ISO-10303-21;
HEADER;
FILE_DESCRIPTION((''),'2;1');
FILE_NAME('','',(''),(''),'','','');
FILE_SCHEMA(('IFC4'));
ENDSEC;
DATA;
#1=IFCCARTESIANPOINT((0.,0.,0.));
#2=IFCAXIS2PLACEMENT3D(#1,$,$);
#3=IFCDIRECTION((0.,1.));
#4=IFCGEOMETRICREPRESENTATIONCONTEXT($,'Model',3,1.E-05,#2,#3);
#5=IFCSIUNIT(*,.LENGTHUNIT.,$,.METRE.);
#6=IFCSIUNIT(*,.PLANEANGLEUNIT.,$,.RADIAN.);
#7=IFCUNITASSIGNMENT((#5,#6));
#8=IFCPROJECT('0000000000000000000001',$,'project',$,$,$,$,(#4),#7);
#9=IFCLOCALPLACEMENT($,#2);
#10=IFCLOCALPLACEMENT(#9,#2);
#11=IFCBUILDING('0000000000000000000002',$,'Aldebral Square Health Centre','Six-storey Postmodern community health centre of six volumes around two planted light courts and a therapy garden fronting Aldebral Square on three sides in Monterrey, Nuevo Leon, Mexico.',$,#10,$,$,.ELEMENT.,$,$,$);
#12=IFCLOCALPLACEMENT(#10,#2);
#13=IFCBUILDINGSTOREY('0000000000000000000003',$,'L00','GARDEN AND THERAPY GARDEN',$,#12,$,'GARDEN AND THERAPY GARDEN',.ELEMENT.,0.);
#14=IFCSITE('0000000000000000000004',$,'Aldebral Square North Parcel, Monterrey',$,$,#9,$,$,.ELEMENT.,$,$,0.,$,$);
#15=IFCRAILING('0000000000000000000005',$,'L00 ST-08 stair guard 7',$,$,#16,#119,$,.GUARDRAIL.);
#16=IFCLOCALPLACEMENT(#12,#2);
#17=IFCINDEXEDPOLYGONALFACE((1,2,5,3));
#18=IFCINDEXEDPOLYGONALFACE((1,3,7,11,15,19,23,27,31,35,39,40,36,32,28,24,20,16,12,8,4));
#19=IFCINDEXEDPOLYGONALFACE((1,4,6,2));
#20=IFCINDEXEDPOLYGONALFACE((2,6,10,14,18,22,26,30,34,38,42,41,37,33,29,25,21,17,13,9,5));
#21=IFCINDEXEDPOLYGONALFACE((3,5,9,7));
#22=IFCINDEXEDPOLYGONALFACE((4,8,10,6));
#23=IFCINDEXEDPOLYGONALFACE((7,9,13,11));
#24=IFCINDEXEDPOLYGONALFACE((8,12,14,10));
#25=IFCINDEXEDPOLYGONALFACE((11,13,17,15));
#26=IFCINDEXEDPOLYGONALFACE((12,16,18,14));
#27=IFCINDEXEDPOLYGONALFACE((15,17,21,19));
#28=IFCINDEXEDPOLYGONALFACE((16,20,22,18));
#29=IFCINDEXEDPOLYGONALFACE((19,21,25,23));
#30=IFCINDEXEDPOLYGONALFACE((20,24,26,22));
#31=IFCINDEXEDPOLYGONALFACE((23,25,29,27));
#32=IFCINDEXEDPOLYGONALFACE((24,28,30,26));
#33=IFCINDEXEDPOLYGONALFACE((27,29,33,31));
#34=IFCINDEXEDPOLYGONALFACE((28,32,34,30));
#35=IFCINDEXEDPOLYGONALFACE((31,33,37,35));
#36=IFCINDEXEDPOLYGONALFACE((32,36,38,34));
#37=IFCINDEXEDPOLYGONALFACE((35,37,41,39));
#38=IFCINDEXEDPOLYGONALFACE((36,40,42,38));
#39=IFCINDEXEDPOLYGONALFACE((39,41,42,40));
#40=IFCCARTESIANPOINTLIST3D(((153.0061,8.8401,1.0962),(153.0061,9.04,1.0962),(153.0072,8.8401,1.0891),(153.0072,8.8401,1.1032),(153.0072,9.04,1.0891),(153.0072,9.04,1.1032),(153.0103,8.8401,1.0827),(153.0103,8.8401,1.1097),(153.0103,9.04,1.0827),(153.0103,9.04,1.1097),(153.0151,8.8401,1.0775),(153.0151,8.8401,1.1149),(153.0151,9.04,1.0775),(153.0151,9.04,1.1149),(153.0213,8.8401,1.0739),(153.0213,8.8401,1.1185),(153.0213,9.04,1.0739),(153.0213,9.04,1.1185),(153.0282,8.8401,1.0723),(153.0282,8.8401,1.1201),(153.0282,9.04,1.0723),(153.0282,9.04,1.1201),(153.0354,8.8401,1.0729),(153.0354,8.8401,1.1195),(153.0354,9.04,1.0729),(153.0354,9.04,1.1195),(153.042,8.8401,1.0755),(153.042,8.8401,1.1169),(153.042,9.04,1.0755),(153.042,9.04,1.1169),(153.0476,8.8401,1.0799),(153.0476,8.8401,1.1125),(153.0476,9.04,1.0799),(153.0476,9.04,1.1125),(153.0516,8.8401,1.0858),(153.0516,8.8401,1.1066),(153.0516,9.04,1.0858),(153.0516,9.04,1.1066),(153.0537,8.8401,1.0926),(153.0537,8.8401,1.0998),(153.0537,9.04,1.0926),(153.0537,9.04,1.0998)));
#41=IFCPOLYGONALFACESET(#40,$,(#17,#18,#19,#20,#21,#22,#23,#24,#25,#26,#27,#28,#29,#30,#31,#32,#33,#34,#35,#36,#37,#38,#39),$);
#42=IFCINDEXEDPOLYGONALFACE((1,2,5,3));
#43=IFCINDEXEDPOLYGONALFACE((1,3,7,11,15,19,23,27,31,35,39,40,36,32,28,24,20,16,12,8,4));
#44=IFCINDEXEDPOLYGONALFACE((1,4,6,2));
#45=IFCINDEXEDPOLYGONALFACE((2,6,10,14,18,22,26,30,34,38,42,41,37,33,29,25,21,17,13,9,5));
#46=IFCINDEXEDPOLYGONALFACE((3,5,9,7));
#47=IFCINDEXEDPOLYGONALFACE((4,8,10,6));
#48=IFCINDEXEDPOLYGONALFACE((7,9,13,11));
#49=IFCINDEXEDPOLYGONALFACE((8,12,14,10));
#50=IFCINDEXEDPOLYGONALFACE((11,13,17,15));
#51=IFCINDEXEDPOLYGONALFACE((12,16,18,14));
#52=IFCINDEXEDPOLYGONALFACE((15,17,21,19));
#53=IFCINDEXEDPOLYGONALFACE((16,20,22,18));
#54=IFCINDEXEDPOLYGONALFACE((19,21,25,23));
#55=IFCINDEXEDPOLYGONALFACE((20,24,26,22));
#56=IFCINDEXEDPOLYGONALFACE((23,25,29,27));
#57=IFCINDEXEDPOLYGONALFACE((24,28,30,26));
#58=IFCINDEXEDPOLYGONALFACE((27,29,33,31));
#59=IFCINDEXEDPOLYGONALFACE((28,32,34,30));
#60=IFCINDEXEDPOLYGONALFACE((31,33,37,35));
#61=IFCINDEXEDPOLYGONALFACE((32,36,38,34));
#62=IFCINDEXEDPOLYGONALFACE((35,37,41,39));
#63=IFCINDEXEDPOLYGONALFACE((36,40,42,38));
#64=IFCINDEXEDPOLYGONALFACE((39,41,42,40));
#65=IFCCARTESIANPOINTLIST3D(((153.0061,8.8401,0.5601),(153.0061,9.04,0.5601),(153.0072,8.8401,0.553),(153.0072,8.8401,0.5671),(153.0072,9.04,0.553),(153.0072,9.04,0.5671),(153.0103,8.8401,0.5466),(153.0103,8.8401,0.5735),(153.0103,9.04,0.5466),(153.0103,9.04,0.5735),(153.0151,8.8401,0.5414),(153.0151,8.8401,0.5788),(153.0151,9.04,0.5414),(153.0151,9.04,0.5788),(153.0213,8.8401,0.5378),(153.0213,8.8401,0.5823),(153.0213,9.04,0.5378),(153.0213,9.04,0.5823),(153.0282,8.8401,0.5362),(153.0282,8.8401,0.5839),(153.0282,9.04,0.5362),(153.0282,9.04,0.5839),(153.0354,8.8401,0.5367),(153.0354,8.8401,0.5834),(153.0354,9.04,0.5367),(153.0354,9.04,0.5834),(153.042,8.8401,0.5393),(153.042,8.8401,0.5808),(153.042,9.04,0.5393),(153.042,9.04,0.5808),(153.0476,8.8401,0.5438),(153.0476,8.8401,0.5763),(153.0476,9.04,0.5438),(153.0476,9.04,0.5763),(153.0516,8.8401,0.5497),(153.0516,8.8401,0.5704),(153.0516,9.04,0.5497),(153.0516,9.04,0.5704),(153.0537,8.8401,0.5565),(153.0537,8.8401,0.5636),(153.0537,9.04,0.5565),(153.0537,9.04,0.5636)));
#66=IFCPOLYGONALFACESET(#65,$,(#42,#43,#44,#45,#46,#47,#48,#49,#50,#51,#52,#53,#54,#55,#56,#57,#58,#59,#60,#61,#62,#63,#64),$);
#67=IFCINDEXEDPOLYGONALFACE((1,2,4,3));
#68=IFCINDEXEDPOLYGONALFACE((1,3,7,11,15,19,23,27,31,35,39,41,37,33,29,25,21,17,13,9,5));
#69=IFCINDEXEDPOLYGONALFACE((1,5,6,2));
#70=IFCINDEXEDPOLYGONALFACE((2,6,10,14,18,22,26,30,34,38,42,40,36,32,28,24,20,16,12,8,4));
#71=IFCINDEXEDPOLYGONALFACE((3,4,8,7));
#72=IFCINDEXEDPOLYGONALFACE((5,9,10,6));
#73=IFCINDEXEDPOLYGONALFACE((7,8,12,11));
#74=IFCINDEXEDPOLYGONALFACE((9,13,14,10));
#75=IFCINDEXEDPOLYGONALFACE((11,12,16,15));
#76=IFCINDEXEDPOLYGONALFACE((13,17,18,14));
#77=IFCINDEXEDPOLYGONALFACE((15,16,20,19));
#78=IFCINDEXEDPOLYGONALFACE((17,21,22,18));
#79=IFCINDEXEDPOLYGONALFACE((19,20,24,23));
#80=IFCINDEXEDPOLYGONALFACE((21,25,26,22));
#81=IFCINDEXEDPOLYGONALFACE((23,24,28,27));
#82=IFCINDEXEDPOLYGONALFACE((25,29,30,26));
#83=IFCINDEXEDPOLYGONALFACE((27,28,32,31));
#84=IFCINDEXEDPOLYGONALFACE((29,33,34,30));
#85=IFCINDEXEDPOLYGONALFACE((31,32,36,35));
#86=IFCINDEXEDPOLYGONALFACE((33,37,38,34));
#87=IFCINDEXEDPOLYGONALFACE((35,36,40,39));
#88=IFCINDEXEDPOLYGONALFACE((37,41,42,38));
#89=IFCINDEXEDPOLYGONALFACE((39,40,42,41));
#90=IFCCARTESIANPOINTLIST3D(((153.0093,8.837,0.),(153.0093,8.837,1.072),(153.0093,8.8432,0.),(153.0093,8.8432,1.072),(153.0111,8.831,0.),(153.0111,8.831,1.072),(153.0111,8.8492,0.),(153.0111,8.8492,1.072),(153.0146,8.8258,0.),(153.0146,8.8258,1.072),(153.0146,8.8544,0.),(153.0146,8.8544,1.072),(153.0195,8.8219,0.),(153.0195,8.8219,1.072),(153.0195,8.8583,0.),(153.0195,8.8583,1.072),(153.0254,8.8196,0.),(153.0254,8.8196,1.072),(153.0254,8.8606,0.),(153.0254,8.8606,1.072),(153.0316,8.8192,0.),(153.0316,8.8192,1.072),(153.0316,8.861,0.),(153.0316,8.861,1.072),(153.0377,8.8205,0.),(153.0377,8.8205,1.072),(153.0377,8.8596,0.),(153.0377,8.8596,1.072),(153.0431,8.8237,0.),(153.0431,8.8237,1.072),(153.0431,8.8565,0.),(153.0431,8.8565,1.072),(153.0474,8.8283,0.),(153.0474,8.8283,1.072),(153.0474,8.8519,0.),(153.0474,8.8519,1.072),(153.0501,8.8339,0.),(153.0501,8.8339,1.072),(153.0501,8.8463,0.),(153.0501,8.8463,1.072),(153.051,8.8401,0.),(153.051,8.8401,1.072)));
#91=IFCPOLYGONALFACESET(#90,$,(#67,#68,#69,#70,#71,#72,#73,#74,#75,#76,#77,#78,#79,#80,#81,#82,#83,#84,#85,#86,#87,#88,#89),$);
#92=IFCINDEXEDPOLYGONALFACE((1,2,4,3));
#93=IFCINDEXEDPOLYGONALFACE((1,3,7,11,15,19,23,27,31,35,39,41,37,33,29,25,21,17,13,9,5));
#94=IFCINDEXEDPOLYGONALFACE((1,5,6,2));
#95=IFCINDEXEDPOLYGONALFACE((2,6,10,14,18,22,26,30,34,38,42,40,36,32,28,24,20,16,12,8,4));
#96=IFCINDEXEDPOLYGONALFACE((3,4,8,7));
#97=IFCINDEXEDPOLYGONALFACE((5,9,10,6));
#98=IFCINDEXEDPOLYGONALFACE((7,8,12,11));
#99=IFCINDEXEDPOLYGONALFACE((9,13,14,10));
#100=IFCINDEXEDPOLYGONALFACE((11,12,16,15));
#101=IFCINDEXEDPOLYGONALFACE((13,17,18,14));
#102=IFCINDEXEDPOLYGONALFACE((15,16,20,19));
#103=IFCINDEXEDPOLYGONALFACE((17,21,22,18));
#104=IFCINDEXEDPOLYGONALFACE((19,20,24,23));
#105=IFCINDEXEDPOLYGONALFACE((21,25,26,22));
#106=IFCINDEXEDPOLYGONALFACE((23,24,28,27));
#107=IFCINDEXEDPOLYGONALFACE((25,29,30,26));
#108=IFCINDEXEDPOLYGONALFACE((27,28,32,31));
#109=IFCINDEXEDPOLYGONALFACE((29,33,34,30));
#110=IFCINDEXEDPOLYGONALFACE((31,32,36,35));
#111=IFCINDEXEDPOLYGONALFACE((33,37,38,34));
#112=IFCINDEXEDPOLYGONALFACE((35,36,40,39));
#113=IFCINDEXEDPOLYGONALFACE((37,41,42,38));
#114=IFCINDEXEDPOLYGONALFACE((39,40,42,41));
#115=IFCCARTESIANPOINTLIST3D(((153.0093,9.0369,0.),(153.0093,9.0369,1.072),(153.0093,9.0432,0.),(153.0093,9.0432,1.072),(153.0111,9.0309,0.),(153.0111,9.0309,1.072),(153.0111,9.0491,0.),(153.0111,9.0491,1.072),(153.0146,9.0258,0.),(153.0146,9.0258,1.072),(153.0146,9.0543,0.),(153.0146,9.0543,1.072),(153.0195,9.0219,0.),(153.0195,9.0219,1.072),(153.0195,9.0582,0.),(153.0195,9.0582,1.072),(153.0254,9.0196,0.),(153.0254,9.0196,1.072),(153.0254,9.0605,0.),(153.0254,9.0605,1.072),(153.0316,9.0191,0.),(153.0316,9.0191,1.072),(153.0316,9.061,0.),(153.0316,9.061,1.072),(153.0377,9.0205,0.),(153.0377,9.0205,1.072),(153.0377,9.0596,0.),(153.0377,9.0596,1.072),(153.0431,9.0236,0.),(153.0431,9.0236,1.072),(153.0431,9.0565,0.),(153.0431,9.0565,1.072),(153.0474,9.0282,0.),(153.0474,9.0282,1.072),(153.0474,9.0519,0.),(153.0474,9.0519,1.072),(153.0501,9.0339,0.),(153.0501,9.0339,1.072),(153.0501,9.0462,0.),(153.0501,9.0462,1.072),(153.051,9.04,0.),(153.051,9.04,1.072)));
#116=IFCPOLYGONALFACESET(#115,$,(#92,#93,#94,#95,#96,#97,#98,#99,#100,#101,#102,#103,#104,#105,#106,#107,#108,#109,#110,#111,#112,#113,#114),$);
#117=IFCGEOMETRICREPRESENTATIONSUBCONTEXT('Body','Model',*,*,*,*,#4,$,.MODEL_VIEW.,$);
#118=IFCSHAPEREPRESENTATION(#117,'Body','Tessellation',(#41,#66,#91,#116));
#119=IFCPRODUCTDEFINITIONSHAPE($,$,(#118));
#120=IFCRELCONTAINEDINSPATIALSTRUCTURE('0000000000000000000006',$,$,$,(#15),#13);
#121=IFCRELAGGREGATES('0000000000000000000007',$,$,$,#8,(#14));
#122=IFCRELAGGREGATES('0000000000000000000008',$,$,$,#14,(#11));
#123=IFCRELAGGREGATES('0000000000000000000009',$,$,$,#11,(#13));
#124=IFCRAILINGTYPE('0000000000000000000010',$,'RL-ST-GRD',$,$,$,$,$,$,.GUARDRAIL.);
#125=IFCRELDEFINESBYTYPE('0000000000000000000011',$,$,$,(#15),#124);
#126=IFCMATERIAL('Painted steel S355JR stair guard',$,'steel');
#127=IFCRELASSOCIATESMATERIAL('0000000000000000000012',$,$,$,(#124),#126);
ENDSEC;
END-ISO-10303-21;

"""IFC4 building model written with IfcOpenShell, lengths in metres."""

from ifc_helpers import new_model, si_unit, direction, frame, origin, origin_2d, place, context, subcontext, project, spatial, circle, extrude, material, type_object, element, save


model = new_model("IFC4")

# Units and contexts
model_context = context("Model", 3, precision=1e-05, world=origin(), true_north=direction((0.0, 1.0)))
body_context = subcontext(model_context, "Body", "Model", "MODEL_VIEW")
ifc_project = project(units=[si_unit("LENGTHUNIT", "METRE"), si_unit("PLANEANGLEUNIT", "RADIAN")], contexts=[model_context])

# Site, building, storey
site_placement = place(None, origin())
site = spatial("IfcSite", under=ifc_project, at=site_placement, Name="Aldebral Square North Parcel, Monterrey", CompositionType="ELEMENT", RefElevation=0.0)
building_placement = place(site_placement, origin())
building = spatial("IfcBuilding", under=site, at=building_placement, Name="Aldebral Square Health Centre", Description="Six-storey Postmodern community health centre of six volumes around two planted light courts and a therapy garden fronting Aldebral Square on three sides in Monterrey, Nuevo Leon, Mexico.", CompositionType="ELEMENT")
storey_placement = place(building_placement, origin())
storey = spatial("IfcBuildingStorey", under=building, at=storey_placement, Name="L00", Description="GARDEN AND THERAPY GARDEN", LongName="GARDEN AND THERAPY GARDEN", CompositionType="ELEMENT", Elevation=0.0)

# Railing
ifc_material_1 = material(Name="Painted steel S355JR stair guard", Category="steel")
railing_type_1 = type_object("IfcRailingType", Name="RL-ST-GRD", PredefinedType="GUARDRAIL", material=ifc_material_1)
railing_1_placement = place(storey_placement, frame((153.03, 8.8401, 0.0)))
element("IfcRailing", 1, at=railing_1_placement, inside=storey, type_object=railing_type_1, Name="L00 ST-08 stair guard 7", PredefinedType="GUARDRAIL", context=body_context, shape_type="SweptSolid", body=[
    extrude(circle(Radius=0.0239, at=origin_2d()), frame((0.0, 0.0, 1.0962), z_axis=(0.0, 1.0, 0.0), x_axis=(-1.0, 0.0, 0.0)), (0.0, 0.0, 1.0), 0.2),
    extrude(circle(Radius=0.0239, at=origin_2d()), frame((0.0, 0.0, 0.5601), z_axis=(0.0, 1.0, 0.0), x_axis=(-1.0, 0.0, 0.0)), (0.0, 0.0, 1.0), 0.2),
    extrude(circle(Radius=0.021, at=origin_2d()), origin(), (0.0, 0.0, 1.0), 1.072),
    extrude(circle(Radius=0.021, at=origin_2d()), frame((0.0, 0.2, 0.0)), (0.0, 0.0, 1.0), 1.072),
])

save(model, "model.ifc")
